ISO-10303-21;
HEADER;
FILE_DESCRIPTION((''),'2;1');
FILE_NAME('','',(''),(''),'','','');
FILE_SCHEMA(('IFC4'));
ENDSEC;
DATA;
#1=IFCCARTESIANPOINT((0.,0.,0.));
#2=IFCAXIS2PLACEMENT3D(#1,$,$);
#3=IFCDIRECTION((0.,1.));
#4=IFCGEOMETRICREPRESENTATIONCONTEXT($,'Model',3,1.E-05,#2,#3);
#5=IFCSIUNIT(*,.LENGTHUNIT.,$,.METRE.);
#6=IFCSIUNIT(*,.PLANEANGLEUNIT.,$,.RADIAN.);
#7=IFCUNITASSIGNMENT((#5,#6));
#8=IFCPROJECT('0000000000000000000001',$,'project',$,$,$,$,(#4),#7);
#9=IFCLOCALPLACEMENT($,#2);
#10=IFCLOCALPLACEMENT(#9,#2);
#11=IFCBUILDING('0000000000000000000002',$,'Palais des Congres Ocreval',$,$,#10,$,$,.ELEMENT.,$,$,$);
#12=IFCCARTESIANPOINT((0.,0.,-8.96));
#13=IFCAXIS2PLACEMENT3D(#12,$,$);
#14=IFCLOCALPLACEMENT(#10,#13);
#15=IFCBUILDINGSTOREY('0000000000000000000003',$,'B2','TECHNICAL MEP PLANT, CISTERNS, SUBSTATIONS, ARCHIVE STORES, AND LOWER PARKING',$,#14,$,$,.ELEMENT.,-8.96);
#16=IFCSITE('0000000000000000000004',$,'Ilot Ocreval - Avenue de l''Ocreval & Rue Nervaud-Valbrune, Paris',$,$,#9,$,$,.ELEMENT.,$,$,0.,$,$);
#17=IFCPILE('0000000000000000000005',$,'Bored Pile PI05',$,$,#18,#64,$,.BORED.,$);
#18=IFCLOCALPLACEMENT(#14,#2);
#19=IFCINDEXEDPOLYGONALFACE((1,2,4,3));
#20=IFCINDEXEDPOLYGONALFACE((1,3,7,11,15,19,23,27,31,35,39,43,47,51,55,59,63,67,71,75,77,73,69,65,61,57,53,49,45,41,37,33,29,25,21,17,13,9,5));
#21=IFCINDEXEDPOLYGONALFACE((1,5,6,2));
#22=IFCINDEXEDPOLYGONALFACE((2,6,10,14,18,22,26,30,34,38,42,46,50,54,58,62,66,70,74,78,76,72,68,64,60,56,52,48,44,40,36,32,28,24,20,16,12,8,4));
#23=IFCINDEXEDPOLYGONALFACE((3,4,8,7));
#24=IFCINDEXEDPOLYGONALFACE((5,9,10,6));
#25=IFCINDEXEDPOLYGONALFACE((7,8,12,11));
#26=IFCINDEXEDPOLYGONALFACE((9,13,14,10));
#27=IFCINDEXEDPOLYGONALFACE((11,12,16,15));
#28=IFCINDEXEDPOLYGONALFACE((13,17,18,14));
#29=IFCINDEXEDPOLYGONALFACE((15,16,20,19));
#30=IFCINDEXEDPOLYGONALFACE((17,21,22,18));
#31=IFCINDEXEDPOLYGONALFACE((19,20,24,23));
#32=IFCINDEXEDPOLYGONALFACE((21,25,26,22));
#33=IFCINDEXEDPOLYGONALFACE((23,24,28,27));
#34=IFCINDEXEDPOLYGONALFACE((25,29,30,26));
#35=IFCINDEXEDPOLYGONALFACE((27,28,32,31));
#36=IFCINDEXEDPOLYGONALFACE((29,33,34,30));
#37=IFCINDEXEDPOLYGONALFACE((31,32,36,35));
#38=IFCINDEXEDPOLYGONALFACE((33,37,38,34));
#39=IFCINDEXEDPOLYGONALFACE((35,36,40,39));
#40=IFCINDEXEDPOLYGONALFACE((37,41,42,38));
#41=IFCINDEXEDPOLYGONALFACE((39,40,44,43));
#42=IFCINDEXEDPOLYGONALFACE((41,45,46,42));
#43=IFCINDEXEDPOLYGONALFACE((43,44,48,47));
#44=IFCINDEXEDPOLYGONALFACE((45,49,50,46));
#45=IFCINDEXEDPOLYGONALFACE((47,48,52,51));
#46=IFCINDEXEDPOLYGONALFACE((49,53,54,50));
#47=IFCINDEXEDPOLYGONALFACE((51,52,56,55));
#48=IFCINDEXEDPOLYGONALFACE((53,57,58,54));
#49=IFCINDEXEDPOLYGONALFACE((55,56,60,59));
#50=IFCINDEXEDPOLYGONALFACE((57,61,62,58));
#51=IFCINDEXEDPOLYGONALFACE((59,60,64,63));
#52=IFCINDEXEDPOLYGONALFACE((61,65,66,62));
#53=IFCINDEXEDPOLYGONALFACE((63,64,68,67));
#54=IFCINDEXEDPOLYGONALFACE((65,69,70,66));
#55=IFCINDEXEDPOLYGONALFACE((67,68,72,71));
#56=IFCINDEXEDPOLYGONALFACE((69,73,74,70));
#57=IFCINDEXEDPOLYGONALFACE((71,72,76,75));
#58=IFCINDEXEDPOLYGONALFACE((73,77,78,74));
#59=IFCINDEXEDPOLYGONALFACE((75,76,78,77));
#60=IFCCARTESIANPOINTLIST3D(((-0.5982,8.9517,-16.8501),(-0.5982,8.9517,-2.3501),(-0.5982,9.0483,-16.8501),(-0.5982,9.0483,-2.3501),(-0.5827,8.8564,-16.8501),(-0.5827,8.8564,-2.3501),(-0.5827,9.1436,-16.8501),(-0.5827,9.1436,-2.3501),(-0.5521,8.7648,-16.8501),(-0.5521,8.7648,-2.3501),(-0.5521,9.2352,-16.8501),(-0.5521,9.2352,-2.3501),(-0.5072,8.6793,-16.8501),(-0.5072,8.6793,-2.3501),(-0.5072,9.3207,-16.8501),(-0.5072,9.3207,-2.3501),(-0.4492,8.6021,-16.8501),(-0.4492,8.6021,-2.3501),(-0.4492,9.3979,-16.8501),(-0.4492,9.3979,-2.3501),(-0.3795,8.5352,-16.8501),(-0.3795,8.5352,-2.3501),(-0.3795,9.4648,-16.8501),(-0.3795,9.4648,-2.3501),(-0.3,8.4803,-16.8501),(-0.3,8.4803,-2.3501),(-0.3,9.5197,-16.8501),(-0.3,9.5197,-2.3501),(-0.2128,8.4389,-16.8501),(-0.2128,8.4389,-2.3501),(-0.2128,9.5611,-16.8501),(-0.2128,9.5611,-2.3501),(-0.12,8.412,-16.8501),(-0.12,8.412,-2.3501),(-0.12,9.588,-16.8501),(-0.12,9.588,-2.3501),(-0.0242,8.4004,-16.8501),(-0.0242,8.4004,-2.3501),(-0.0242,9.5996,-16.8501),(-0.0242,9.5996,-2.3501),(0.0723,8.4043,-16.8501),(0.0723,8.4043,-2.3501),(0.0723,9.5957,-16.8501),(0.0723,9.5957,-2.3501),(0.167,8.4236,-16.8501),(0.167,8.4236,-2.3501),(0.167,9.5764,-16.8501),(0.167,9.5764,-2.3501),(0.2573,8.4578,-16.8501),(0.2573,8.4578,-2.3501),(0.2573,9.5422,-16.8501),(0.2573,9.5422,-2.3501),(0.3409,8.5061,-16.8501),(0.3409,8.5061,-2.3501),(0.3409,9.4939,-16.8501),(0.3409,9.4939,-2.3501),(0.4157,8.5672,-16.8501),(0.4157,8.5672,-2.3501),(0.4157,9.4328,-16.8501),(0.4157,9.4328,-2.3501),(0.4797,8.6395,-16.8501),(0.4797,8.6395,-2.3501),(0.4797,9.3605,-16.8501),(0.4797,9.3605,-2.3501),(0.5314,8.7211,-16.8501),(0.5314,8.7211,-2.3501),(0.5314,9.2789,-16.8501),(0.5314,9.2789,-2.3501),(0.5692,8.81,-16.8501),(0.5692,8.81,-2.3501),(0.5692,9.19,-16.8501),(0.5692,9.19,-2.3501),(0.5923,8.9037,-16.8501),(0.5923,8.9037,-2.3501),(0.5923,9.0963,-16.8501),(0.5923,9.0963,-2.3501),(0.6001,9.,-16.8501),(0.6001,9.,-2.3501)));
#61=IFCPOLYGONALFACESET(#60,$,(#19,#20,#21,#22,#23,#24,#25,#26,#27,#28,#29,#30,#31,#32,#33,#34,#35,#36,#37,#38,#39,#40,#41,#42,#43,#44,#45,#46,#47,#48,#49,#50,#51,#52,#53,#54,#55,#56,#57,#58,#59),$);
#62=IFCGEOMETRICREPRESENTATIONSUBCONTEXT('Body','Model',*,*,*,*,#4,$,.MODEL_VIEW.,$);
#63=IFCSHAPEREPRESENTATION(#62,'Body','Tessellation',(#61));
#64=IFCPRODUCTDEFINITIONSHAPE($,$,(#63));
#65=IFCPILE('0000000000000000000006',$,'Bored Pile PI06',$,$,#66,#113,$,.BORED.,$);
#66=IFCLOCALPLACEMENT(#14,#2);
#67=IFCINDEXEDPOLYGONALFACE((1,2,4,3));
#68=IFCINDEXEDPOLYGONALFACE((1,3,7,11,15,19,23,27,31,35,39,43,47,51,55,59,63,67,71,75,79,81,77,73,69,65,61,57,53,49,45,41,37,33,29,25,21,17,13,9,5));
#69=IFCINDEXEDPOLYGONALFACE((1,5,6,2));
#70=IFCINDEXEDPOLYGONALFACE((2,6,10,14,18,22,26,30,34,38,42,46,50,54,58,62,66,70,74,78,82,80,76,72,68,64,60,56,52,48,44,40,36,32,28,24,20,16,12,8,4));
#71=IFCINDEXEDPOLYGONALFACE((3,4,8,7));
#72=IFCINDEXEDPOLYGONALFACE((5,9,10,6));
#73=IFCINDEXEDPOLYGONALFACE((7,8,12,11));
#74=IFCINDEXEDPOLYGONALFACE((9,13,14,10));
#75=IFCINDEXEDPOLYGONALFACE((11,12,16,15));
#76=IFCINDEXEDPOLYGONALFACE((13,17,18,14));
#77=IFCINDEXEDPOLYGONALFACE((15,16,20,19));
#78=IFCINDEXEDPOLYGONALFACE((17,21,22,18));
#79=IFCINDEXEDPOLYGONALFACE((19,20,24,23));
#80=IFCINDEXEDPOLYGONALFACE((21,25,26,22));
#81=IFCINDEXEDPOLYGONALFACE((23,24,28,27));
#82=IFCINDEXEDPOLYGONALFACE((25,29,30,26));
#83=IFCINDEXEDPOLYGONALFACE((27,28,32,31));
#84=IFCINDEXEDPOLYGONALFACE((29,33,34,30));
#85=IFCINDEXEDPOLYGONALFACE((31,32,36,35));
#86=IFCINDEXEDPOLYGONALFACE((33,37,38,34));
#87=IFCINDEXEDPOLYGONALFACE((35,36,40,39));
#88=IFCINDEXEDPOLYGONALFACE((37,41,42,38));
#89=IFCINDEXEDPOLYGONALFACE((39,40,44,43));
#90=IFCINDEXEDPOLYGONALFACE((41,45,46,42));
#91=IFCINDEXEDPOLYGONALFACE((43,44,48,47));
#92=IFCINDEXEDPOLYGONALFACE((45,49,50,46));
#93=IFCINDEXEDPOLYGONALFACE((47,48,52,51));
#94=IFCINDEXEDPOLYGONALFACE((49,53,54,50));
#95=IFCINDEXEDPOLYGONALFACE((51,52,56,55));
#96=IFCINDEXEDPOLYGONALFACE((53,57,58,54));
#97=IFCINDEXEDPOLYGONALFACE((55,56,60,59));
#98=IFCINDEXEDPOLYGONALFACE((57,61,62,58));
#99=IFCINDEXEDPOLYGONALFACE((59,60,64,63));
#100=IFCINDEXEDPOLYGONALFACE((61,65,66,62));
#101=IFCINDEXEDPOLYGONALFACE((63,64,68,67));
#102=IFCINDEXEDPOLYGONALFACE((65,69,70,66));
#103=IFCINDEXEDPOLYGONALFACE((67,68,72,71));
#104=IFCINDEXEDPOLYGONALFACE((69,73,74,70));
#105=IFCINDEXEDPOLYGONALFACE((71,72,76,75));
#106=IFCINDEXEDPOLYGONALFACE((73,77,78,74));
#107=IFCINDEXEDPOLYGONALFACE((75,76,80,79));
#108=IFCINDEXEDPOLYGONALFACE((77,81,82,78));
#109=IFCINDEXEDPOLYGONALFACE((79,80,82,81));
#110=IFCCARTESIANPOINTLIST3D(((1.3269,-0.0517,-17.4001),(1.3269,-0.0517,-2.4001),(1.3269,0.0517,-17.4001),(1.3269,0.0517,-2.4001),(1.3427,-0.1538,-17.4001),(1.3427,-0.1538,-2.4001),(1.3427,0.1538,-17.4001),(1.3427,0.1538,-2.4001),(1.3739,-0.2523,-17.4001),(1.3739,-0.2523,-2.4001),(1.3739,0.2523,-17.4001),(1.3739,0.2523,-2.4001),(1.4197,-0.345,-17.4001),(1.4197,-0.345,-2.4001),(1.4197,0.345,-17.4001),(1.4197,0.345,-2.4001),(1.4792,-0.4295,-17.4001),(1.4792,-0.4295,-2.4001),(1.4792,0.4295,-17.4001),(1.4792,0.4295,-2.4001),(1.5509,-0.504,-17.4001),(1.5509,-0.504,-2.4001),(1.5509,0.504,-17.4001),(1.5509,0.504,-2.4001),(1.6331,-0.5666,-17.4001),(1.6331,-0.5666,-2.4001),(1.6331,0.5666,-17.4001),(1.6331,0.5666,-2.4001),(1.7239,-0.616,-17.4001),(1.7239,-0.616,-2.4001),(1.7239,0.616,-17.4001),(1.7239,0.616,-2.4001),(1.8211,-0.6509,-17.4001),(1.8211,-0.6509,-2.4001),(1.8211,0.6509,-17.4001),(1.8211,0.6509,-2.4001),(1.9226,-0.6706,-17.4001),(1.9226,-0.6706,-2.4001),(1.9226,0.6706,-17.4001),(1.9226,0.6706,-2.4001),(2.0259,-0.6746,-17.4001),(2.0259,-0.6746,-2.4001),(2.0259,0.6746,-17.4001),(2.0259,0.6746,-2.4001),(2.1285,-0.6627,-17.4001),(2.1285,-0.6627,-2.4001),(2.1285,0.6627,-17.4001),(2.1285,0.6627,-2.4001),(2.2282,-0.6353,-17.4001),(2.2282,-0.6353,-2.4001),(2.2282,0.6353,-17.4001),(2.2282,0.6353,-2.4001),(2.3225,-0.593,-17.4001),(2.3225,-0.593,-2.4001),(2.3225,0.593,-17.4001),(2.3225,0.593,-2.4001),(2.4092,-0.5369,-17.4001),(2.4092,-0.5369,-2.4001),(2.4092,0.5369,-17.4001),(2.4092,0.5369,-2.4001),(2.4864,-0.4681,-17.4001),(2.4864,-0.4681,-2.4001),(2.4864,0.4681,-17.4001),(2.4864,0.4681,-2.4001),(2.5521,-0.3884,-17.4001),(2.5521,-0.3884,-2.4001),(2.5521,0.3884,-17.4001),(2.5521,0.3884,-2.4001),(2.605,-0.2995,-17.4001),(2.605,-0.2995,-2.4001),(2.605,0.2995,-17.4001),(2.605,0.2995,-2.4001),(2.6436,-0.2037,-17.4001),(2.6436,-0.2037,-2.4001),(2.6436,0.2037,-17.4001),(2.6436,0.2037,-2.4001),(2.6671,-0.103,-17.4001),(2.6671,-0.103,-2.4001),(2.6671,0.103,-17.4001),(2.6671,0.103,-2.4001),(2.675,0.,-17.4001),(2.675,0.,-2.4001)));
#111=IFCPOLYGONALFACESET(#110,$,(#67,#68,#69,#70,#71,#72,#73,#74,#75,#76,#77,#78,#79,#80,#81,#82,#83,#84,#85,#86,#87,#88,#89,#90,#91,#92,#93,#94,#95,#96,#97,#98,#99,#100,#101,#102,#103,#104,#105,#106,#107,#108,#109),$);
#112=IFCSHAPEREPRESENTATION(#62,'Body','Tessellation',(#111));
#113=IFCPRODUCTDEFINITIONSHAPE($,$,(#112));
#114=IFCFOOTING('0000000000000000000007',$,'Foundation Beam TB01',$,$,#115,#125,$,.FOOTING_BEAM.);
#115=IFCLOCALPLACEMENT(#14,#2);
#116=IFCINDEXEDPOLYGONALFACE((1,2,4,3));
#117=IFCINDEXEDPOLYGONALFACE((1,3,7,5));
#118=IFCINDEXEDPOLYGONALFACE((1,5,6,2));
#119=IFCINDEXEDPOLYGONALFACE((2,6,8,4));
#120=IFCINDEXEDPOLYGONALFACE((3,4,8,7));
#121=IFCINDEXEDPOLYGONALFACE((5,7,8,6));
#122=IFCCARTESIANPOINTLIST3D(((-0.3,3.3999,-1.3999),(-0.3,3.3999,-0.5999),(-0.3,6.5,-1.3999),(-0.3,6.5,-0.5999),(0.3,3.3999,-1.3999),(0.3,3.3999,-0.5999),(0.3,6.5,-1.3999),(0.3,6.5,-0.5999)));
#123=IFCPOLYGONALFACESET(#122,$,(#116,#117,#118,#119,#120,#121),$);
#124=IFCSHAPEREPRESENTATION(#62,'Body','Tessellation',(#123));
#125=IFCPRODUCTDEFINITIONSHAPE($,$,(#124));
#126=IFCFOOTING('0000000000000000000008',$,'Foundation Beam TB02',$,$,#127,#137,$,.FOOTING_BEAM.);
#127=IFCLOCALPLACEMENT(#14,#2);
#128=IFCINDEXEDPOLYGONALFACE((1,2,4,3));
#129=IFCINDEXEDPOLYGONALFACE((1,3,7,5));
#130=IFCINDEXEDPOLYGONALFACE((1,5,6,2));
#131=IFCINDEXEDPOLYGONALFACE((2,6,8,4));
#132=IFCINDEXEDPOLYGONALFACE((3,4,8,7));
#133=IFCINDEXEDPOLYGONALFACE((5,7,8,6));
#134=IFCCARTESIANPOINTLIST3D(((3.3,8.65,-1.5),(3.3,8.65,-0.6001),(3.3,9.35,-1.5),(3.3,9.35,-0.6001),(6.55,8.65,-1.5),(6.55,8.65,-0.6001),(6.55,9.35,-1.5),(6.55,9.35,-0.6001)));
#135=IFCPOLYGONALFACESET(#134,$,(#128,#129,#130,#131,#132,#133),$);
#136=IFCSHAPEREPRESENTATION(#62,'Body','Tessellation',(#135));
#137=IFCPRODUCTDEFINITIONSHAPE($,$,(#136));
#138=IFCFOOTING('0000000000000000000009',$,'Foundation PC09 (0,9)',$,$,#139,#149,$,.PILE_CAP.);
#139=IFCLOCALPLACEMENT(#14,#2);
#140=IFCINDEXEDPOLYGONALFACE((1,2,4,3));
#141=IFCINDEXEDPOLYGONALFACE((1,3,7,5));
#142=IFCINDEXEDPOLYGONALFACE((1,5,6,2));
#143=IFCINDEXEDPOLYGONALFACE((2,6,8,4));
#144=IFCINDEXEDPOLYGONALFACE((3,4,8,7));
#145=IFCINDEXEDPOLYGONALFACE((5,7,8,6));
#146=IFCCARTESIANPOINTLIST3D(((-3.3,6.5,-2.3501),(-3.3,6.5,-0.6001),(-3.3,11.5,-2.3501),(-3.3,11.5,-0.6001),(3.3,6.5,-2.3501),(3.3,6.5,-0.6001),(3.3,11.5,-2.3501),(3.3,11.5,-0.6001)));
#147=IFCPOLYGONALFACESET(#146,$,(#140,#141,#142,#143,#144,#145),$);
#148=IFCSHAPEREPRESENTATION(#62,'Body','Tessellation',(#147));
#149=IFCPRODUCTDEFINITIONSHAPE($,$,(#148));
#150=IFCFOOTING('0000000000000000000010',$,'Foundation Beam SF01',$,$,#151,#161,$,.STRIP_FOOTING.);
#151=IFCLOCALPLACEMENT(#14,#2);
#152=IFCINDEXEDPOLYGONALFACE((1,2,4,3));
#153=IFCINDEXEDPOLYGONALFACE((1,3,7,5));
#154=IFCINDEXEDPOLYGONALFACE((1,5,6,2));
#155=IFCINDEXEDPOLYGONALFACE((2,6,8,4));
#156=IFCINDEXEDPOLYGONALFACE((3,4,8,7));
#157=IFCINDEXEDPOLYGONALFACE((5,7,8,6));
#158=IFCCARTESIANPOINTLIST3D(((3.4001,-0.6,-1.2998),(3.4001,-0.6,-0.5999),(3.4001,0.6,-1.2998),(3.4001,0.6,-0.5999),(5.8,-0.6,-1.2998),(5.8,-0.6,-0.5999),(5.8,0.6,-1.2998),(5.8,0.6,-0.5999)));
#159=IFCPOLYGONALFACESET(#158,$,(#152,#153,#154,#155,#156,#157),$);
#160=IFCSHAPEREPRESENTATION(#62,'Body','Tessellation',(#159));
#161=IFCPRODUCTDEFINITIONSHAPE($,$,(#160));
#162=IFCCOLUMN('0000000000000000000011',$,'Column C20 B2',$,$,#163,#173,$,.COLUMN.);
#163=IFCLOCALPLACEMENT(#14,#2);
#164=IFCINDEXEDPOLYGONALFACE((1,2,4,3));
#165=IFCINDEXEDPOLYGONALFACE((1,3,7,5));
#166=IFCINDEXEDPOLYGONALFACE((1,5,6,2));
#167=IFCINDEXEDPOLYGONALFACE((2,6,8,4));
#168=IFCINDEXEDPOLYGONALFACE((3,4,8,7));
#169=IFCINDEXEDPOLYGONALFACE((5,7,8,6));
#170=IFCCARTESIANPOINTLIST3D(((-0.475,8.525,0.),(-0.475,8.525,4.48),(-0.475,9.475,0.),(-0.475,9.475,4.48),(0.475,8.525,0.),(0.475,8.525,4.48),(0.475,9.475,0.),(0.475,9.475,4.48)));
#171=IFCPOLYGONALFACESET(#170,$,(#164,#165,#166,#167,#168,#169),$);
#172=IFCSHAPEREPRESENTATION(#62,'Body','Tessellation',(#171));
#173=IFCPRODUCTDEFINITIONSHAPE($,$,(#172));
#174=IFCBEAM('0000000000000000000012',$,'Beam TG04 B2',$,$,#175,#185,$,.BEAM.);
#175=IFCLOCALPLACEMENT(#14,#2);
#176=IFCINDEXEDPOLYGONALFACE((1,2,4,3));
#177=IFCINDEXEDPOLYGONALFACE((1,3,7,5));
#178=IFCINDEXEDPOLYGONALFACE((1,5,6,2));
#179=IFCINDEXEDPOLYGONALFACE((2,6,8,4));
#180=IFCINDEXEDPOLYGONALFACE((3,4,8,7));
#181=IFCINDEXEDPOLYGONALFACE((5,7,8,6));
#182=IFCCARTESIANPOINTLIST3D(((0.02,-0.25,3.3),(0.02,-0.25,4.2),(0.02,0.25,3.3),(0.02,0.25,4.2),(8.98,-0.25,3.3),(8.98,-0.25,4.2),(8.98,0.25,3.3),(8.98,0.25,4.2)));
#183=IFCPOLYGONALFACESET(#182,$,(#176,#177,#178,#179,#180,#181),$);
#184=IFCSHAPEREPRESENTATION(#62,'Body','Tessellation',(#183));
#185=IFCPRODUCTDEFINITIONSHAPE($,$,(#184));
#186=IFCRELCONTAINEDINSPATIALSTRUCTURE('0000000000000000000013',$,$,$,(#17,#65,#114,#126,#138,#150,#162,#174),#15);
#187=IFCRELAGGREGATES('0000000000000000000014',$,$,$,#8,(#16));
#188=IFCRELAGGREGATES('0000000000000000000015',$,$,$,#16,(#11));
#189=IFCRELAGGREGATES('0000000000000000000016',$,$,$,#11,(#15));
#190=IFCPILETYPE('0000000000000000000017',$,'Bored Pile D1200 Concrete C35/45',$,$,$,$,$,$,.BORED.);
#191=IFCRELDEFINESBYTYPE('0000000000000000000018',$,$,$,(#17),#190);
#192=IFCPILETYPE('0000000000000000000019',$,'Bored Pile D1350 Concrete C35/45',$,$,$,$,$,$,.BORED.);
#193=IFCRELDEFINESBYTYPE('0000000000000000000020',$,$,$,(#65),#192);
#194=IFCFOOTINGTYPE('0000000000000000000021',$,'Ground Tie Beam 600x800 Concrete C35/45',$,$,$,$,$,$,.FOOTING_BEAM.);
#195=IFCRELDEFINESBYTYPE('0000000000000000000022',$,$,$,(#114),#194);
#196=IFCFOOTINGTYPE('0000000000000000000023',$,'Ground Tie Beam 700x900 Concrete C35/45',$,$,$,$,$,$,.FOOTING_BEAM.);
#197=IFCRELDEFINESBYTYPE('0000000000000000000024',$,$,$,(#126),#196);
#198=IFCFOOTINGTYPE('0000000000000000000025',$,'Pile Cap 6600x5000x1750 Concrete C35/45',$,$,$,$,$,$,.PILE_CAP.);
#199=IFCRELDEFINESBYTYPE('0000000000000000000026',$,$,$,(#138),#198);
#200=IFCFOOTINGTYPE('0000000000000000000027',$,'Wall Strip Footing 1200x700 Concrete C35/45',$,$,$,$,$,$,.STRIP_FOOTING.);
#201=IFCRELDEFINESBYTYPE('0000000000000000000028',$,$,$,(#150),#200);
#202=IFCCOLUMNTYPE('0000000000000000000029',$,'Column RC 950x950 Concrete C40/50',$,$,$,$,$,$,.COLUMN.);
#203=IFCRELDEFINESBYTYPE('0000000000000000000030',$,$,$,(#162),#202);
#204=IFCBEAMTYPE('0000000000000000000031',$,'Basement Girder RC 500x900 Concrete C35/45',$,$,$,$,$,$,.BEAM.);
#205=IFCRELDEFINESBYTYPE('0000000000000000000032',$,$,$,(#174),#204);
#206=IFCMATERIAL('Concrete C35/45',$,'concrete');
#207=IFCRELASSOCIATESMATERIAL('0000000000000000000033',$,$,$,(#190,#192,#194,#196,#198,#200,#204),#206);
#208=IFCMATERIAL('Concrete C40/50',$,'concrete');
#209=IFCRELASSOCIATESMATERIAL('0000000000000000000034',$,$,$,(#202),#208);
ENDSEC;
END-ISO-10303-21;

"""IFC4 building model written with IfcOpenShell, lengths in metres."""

from ifc_helpers import new_model, si_unit, direction, frame, origin, origin_2d, place, context, subcontext, project, spatial, rectangle, circle, extrude, material, material_profile, profile_set, type_object, element, save


model = new_model("IFC4")

# Units and contexts
model_context = context("Model", 3, precision=1e-05, world=origin(), true_north=direction((0.0, 1.0)))
body_context = subcontext(model_context, "Body", "Model", "MODEL_VIEW")
ifc_project = project(units=[si_unit("LENGTHUNIT", "METRE"), si_unit("PLANEANGLEUNIT", "RADIAN")], contexts=[model_context])

# Site, building, storey
site_placement = place(None, origin())
site = spatial("IfcSite", under=ifc_project, at=site_placement, Name="Ilot Ocreval - Avenue de l'Ocreval & Rue Nervaud-Valbrune, Paris", CompositionType="ELEMENT", RefElevation=0.0)
building_placement = place(site_placement, origin())
building = spatial("IfcBuilding", under=site, at=building_placement, Name="Palais des Congres Ocreval", CompositionType="ELEMENT")
storey_placement = place(building_placement, frame((0.0, 0.0, -8.96)))
storey = spatial("IfcBuildingStorey", under=building, at=storey_placement, Name="B2", Description="TECHNICAL MEP PLANT, CISTERNS, SUBSTATIONS, ARCHIVE STORES, AND LOWER PARKING", CompositionType="ELEMENT", Elevation=-8.96)

# Piles
ifc_material_1 = material(Name="Concrete C35/45", Category="concrete")
ifc_material_profile_1 = material_profile(ifc_material_1, circle(Radius=0.6001, at=origin_2d()), Name="BORED PILE 1200")
ifc_profile_set_1 = profile_set([ifc_material_profile_1], Name="Concrete C35/45")
pile_type_1 = type_object("IfcPileType", Name="Bored Pile D1200 Concrete C35/45", PredefinedType="BORED", material=ifc_profile_set_1)
pile_1_placement = place(storey_placement, frame((0.0, 9.0, -2.3501), z_axis=(0.0, 0.0, -1.0), x_axis=(1.0, 0.0, 0.0)))
element("IfcPile", 1, at=pile_1_placement, inside=storey, type_object=pile_type_1, Name="Bored Pile PI05", PredefinedType="BORED", context=body_context, shape_type="SweptSolid", body=[
    extrude(circle(Radius=0.6001, at=origin_2d()), origin(), (0.0, 0.0, 1.0), 14.5),
])
ifc_material_profile_2 = material_profile(ifc_material_1, circle(Radius=0.675, at=origin_2d()), Name="BORED PILE 1350")
ifc_profile_set_2 = profile_set([ifc_material_profile_2], Name="Concrete C35/45")
pile_type_2 = type_object("IfcPileType", Name="Bored Pile D1350 Concrete C35/45", PredefinedType="BORED", material=ifc_profile_set_2)
pile_2_placement = place(storey_placement, frame((2.0, 0.0, -2.4001), z_axis=(0.0, 0.0, -1.0), x_axis=(1.0, 0.0, 0.0)))
element("IfcPile", 2, at=pile_2_placement, inside=storey, type_object=pile_type_2, Name="Bored Pile PI06", PredefinedType="BORED", context=body_context, shape_type="SweptSolid", body=[
    extrude(circle(Radius=0.675, at=origin_2d()), origin(), (0.0, 0.0, 1.0), 15.0),
])

# Footings
footing_type_1 = type_object("IfcFootingType", Name="Ground Tie Beam 600x800 Concrete C35/45", PredefinedType="FOOTING_BEAM", material=ifc_material_1)
footing_1_placement = place(storey_placement, frame((0.0, 4.95, -1.3999), z_axis=(0.0, 0.0, 1.0), x_axis=(0.0, 1.0, 0.0)))
element("IfcFooting", 3, at=footing_1_placement, inside=storey, type_object=footing_type_1, Name="Foundation Beam TB01", PredefinedType="FOOTING_BEAM", context=body_context, shape_type="SweptSolid", body=[
    extrude(rectangle(XDim=3.1001, YDim=0.6001, at=origin_2d()), origin(), (0.0, 0.0, 1.0), 0.8),
])
footing_type_2 = type_object("IfcFootingType", Name="Ground Tie Beam 700x900 Concrete C35/45", PredefinedType="FOOTING_BEAM", material=ifc_material_1)
footing_2_placement = place(storey_placement, frame((4.925, 9.0, -1.5), z_axis=(0.0, 0.0, 1.0), x_axis=(1.0, 0.0, 0.0)))
element("IfcFooting", 4, at=footing_2_placement, inside=storey, type_object=footing_type_2, Name="Foundation Beam TB02", PredefinedType="FOOTING_BEAM", context=body_context, shape_type="SweptSolid", body=[
    extrude(rectangle(XDim=3.25, YDim=0.7, at=origin_2d()), origin(), (0.0, 0.0, 1.0), 0.8999),
])
footing_type_3 = type_object("IfcFootingType", Name="Pile Cap 6600x5000x1750 Concrete C35/45", PredefinedType="PILE_CAP", material=ifc_material_1)
footing_3_placement = place(storey_placement, frame((0.0, 9.0, -2.3501), z_axis=(0.0, 0.0, 1.0), x_axis=(1.0, 0.0, 0.0)))
element("IfcFooting", 5, at=footing_3_placement, inside=storey, type_object=footing_type_3, Name="Foundation PC09 (0,9)", PredefinedType="PILE_CAP", context=body_context, shape_type="SweptSolid", body=[
    extrude(rectangle(XDim=6.6001, YDim=5.0, at=origin_2d()), origin(), (0.0, 0.0, 1.0), 1.75),
])
footing_type_4 = type_object("IfcFootingType", Name="Wall Strip Footing 1200x700 Concrete C35/45", PredefinedType="STRIP_FOOTING", material=ifc_material_1)
footing_4_placement = place(storey_placement, frame((4.6001, 0.0, -1.2998), z_axis=(0.0, 0.0, 1.0), x_axis=(1.0, 0.0, 0.0)))
element("IfcFooting", 6, at=footing_4_placement, inside=storey, type_object=footing_type_4, Name="Foundation Beam SF01", PredefinedType="STRIP_FOOTING", context=body_context, shape_type="SweptSolid", body=[
    extrude(rectangle(XDim=2.3999, YDim=1.2, at=origin_2d()), origin(), (0.0, 0.0, 1.0), 0.7),
])

# Column
ifc_material_2 = material(Name="Concrete C40/50", Category="concrete")
ifc_material_profile_3 = material_profile(ifc_material_2, rectangle(XDim=0.95, YDim=0.95, at=origin_2d()), Name="RC 950x950")
ifc_profile_set_3 = profile_set([ifc_material_profile_3], Name="Concrete C40/50")
column_type = type_object("IfcColumnType", Name="Column RC 950x950 Concrete C40/50", PredefinedType="COLUMN", material=ifc_profile_set_3)
column_placement = place(storey_placement, frame((0.0, 9.0, 0.0), z_axis=(0.0, 0.0, 1.0), x_axis=(1.0, 0.0, 0.0)))
element("IfcColumn", 7, at=column_placement, inside=storey, type_object=column_type, Name="Column C20 B2", PredefinedType="COLUMN", context=body_context, shape_type="SweptSolid", body=[
    extrude(rectangle(XDim=0.95, YDim=0.95, at=origin_2d()), origin(), (0.0, 0.0, 1.0), 4.48),
])

# Beam
ifc_material_profile_4 = material_profile(ifc_material_1, rectangle(XDim=0.5, YDim=0.8999, at=origin_2d()), Name="RC 500x900")
ifc_profile_set_4 = profile_set([ifc_material_profile_4], Name="Concrete C35/45")
beam_type = type_object("IfcBeamType", Name="Basement Girder RC 500x900 Concrete C35/45", PredefinedType="BEAM", material=ifc_profile_set_4)
for number, where, z_axis, x_axis, name in (
    (8, (0.02, 0.0, 3.75), (1.0, 0.0, 0.0), (0.0, 1.0, 0.0), "Beam TG04 B2"),
):
    element("IfcBeam", number, at=place(storey_placement, frame(where, z_axis=z_axis, x_axis=x_axis)), inside=storey, type_object=beam_type, Name=name, PredefinedType="BEAM", context=body_context, shape_type="SweptSolid", body=[
        extrude(rectangle(XDim=0.5, YDim=0.8999, at=origin_2d()), origin(), (0.0, 0.0, 1.0), 8.96),
    ])

save(model, "model.ifc")
